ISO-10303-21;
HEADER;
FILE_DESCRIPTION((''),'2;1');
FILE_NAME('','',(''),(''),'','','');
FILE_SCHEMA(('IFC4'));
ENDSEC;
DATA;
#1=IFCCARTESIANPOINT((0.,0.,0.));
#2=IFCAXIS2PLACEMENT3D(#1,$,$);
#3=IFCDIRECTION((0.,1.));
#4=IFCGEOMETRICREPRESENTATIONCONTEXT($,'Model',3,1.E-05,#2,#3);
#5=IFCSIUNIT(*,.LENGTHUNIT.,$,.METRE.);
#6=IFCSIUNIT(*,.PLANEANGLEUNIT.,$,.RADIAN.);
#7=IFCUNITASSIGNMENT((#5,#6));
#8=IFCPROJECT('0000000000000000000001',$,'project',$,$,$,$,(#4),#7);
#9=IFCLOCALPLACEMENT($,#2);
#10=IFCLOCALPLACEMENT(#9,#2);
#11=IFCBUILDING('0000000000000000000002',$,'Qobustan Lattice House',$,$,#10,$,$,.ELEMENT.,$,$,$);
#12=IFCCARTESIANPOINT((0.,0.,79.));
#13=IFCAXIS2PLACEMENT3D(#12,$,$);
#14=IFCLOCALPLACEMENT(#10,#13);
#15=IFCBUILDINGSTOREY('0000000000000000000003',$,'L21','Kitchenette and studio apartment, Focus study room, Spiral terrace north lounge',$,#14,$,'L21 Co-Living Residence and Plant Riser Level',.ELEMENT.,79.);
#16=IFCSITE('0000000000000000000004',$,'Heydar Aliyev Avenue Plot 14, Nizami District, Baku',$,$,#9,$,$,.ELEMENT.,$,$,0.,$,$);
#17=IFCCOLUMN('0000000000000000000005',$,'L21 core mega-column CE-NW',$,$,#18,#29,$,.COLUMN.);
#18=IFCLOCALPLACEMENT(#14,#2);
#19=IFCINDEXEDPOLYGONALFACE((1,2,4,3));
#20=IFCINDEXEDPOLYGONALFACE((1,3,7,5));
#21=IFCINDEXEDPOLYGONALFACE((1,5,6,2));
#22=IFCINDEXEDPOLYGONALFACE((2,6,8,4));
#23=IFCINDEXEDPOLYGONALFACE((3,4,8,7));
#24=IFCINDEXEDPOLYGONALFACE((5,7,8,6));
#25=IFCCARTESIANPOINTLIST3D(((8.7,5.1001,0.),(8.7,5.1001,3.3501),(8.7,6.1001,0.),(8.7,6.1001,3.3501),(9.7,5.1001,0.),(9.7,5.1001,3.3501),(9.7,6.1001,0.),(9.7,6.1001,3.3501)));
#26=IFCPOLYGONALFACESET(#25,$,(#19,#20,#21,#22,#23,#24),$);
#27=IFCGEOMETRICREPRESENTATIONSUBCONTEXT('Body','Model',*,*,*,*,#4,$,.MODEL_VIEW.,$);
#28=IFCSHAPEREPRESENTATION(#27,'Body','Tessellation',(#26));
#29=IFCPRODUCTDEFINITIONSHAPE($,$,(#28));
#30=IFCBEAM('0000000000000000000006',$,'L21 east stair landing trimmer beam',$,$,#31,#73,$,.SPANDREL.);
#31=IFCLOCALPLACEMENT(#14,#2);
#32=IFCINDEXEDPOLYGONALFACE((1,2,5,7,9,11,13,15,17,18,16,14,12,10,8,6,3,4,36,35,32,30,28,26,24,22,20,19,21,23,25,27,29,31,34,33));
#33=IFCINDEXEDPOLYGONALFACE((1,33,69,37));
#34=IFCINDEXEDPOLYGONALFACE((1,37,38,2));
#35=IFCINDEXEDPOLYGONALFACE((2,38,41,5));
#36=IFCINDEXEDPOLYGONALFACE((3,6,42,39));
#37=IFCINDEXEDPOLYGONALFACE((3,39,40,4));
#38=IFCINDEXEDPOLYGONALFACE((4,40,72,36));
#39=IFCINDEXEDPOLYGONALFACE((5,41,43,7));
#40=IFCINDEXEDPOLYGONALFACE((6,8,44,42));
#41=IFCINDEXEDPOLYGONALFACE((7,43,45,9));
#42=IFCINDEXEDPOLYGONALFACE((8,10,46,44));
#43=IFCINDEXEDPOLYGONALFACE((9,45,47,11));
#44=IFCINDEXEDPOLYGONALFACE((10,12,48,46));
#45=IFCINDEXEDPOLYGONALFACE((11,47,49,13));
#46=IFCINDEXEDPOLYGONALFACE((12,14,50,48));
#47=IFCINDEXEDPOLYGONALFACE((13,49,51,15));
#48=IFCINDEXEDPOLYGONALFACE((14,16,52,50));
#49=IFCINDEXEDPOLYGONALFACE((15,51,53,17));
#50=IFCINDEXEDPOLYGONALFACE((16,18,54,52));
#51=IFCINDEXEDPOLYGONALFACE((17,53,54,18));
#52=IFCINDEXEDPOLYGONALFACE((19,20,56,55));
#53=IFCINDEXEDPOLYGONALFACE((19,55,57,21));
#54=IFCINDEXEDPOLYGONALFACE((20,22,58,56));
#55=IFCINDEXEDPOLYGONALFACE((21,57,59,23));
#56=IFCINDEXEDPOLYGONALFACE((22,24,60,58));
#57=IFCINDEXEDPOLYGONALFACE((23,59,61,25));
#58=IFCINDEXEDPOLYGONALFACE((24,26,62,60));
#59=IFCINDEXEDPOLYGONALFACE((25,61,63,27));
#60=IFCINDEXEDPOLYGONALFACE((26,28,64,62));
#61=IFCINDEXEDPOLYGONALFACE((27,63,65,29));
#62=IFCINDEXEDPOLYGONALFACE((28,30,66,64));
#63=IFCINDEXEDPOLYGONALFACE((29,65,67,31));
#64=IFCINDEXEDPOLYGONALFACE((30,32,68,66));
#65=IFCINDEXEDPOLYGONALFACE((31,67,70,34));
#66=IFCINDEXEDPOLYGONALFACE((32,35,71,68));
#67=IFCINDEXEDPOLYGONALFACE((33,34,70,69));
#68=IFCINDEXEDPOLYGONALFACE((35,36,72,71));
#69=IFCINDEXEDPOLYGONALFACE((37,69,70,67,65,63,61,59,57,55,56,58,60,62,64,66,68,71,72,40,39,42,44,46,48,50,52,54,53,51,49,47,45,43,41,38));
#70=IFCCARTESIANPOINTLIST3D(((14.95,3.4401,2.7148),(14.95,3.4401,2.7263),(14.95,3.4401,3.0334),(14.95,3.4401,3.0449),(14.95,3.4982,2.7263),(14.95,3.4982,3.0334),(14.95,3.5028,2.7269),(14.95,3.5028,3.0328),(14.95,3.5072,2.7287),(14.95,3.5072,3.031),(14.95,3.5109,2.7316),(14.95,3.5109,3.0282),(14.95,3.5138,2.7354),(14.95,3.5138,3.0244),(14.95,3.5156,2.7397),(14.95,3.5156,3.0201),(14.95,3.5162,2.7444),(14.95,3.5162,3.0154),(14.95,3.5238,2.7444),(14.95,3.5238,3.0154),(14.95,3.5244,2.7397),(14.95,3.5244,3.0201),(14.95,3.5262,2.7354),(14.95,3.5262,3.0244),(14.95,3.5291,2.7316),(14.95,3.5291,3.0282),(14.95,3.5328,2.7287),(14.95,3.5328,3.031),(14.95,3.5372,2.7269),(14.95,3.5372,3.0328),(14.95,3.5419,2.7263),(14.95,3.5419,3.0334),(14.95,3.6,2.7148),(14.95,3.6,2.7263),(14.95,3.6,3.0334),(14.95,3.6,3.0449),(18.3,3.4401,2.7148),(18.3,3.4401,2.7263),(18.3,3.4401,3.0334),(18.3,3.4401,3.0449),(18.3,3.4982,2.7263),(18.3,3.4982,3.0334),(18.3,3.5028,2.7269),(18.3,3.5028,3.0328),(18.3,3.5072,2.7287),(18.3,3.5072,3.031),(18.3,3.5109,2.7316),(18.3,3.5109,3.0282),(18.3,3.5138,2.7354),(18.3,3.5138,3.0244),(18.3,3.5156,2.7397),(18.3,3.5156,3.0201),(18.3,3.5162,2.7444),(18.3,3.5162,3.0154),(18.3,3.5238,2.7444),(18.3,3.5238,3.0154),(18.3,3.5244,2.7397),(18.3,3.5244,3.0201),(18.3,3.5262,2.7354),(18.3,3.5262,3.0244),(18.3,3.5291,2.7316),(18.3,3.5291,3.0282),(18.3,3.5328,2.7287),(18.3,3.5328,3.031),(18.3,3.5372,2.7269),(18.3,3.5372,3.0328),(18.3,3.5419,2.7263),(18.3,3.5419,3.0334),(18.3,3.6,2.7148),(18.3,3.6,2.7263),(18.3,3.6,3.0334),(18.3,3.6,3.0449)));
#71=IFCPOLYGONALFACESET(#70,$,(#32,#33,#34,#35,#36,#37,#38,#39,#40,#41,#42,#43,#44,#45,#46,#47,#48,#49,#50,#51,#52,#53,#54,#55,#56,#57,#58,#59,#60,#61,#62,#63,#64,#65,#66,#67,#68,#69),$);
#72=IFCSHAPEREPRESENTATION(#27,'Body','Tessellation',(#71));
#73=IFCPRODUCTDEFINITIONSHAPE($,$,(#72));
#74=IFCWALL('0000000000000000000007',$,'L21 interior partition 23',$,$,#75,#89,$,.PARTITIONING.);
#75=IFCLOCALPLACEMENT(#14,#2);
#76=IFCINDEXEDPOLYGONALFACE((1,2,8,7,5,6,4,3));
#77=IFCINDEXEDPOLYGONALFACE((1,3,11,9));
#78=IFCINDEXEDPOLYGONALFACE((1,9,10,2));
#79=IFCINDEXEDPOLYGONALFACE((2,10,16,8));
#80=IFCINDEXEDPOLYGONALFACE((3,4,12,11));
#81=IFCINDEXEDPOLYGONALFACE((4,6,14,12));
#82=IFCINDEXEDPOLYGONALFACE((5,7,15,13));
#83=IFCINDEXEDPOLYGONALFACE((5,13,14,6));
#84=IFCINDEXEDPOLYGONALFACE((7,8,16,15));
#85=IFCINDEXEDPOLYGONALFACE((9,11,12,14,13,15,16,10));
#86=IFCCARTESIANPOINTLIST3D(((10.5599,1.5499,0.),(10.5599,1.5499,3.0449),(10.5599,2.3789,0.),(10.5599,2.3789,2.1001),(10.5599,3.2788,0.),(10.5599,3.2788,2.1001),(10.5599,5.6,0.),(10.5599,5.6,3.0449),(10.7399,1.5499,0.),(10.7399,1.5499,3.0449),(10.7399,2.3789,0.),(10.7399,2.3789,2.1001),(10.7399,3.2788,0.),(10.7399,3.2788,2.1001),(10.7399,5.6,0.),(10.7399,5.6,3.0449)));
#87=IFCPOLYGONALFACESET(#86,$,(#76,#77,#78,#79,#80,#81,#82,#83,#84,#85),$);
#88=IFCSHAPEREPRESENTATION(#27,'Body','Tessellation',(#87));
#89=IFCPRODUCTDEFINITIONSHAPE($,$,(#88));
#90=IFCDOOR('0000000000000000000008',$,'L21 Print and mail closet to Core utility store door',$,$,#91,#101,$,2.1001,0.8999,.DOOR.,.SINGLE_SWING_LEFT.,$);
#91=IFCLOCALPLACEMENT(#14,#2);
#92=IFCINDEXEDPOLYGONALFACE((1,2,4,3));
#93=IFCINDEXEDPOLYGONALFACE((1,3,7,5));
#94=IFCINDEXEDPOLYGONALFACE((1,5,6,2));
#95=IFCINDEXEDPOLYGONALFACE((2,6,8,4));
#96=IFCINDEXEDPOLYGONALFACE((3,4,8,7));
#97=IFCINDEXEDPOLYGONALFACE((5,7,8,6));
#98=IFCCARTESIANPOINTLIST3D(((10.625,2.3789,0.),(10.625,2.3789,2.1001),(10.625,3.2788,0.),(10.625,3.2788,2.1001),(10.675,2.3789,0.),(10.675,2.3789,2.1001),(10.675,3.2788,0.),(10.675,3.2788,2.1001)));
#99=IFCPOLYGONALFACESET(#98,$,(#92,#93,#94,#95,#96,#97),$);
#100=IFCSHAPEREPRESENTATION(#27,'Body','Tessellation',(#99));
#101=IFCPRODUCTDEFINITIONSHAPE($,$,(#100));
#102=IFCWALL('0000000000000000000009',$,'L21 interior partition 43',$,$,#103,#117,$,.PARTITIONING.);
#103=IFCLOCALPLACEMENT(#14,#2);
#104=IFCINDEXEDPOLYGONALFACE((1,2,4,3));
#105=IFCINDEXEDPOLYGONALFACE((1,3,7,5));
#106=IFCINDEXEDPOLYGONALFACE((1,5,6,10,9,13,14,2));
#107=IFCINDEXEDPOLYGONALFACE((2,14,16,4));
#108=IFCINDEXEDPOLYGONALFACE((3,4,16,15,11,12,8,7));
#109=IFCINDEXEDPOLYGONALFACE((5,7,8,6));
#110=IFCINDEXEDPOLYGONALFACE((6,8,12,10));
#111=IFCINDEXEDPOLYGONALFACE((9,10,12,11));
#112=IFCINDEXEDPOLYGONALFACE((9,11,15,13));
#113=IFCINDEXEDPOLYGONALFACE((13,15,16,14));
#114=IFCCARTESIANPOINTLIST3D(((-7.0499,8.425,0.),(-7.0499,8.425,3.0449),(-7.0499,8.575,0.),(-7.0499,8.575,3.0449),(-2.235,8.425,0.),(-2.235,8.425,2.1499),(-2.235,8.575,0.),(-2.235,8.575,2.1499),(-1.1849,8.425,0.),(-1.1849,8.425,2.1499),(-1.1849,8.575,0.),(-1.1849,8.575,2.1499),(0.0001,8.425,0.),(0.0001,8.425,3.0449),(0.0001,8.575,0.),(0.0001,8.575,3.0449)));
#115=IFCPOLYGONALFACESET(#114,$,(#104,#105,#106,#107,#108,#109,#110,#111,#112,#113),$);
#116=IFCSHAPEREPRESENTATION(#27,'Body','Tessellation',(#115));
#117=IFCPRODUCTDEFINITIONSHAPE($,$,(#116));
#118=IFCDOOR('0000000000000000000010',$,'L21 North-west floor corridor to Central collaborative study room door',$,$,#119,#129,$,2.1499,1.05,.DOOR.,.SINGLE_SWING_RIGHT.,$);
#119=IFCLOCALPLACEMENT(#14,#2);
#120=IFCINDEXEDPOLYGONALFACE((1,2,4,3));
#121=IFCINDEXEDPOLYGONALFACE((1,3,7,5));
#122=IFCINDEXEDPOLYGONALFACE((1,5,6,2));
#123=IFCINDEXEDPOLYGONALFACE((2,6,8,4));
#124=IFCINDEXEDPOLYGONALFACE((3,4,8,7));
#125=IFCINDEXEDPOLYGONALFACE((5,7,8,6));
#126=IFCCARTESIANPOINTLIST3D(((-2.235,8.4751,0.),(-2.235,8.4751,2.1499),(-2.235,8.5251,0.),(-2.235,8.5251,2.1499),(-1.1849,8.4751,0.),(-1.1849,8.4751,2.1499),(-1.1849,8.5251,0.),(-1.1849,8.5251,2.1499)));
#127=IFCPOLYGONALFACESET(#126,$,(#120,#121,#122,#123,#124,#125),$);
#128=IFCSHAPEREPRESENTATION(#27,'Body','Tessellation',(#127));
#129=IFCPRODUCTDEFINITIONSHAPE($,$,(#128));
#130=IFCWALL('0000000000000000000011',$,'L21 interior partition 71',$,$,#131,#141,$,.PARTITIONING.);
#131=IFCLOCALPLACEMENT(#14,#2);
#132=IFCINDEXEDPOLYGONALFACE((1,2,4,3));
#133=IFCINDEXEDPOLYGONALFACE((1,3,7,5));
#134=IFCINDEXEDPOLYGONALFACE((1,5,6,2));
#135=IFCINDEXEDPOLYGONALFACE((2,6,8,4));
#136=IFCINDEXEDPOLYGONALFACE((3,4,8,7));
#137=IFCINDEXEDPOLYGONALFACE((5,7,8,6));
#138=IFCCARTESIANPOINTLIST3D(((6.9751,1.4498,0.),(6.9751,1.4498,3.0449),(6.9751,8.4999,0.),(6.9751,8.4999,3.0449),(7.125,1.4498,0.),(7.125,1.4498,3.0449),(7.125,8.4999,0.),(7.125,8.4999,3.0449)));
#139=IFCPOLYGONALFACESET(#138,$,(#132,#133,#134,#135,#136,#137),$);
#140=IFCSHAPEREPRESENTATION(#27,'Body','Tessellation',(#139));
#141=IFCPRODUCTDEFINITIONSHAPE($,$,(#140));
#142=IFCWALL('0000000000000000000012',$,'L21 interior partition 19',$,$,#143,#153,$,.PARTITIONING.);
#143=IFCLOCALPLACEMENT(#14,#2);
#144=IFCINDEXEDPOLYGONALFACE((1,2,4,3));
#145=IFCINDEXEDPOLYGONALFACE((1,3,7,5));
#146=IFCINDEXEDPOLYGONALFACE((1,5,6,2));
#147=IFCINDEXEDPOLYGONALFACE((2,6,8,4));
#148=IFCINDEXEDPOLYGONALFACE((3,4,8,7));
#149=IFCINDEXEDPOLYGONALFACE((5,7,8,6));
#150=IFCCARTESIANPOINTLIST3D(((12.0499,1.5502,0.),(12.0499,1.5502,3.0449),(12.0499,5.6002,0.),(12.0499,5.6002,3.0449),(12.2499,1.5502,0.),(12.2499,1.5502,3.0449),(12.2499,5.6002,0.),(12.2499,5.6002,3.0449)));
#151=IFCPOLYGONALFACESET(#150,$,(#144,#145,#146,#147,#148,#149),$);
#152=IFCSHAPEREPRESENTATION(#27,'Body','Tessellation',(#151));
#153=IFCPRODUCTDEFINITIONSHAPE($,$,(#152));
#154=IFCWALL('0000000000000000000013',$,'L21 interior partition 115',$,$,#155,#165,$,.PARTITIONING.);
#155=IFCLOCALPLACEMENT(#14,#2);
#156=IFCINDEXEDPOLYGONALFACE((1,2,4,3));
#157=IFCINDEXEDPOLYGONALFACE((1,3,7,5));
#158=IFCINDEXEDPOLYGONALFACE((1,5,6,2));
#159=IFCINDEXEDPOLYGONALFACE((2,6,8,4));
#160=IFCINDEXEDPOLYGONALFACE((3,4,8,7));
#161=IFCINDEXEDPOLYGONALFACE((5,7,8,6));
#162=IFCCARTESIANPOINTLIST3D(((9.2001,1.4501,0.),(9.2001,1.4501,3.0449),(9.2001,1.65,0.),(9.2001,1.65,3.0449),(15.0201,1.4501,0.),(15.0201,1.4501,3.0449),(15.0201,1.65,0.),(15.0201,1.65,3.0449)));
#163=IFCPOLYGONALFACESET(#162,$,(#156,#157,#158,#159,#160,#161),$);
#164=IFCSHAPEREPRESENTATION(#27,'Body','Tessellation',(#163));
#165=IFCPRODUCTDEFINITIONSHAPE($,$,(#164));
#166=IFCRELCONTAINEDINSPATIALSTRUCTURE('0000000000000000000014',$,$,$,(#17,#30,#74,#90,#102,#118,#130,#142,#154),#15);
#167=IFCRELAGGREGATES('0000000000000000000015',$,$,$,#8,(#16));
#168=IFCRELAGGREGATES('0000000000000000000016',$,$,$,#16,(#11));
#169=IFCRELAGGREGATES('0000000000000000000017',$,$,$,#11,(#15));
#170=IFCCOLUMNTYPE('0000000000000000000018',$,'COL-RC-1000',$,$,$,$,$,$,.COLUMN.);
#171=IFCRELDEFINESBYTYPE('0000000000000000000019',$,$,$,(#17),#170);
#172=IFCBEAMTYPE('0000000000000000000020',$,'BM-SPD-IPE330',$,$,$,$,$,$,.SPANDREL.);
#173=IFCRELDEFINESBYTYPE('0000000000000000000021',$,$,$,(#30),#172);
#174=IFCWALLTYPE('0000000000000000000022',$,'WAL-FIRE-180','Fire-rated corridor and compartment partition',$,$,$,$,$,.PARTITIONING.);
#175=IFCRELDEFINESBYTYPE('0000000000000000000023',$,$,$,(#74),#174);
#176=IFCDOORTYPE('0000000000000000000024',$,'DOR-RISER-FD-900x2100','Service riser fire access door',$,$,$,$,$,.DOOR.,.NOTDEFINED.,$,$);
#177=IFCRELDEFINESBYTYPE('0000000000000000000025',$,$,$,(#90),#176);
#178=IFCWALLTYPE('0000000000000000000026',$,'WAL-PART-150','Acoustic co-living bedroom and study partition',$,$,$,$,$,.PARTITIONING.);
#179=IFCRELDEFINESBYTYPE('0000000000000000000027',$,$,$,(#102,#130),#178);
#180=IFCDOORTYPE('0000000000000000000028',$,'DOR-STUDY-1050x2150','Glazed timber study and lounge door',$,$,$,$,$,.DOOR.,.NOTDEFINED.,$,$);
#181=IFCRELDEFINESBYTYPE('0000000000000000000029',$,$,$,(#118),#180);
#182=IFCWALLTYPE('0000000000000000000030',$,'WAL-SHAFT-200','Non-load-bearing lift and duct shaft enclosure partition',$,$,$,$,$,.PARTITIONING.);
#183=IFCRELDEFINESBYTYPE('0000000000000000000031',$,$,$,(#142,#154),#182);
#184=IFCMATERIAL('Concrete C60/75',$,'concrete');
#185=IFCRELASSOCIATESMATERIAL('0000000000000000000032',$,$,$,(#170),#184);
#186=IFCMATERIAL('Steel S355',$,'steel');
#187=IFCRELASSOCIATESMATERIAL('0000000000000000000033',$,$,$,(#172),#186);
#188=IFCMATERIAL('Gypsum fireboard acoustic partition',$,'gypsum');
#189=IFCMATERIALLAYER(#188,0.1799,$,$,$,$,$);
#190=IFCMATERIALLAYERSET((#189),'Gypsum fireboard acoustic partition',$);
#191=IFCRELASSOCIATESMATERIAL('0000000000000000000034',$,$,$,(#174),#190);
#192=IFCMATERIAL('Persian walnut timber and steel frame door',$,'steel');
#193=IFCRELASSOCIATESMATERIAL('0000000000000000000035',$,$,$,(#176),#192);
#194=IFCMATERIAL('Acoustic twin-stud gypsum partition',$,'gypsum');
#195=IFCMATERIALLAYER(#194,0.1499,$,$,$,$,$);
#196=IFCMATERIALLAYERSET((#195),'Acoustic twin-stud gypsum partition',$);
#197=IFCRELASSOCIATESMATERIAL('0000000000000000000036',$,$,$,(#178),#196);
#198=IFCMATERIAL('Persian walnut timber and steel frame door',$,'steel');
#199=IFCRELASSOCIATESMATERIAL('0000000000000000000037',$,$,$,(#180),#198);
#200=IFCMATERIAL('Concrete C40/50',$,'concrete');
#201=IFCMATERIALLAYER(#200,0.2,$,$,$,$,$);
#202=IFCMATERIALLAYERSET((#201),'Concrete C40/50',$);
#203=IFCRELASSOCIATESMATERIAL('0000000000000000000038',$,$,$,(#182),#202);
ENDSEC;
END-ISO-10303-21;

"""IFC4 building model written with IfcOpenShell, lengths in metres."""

from ifc_helpers import new_model, si_unit, direction, frame, frame_2d, origin, origin_2d, place, context, subcontext, project, spatial, rectangle, i_section, extrude, material, layer, layer_set, material_profile, profile_set, type_object, element, fill, save


model = new_model("IFC4")

# Units and contexts
model_context = context("Model", 3, precision=1e-05, world=origin(), true_north=direction((0.0, 1.0)))
body_context = subcontext(model_context, "Body", "Model", "MODEL_VIEW")
ifc_project = project(units=[si_unit("LENGTHUNIT", "METRE"), si_unit("PLANEANGLEUNIT", "RADIAN")], contexts=[model_context])

# Site, building, storey
site_placement = place(None, origin())
site = spatial("IfcSite", under=ifc_project, at=site_placement, Name="Heydar Aliyev Avenue Plot 14, Nizami District, Baku", CompositionType="ELEMENT", RefElevation=0.0)
building_placement = place(site_placement, origin())
building = spatial("IfcBuilding", under=site, at=building_placement, Name="Qobustan Lattice House", CompositionType="ELEMENT")
storey_placement = place(building_placement, frame((0.0, 0.0, 79.0)))
storey = spatial("IfcBuildingStorey", under=building, at=storey_placement, Name="L21", Description="Kitchenette and studio apartment, Focus study room, Spiral terrace north lounge", LongName="L21 Co-Living Residence and Plant Riser Level", CompositionType="ELEMENT", Elevation=79.0)

# Column
ifc_material_1 = material(Name="Concrete C60/75", Category="concrete")
ifc_material_profile_1 = material_profile(ifc_material_1, rectangle(XDim=1.0, YDim=1.0, at=origin_2d()), Name="RC1000x1000")
ifc_profile_set_1 = profile_set([ifc_material_profile_1], Name="Concrete C60/75")
column_type = type_object("IfcColumnType", Name="COL-RC-1000", PredefinedType="COLUMN", material=ifc_profile_set_1)
column_placement = place(storey_placement, frame((9.2, 5.6001, 0.0), z_axis=(0.0, 0.0, 1.0), x_axis=(1.0, 0.0, 0.0)))
element("IfcColumn", 1, at=column_placement, inside=storey, type_object=column_type, Name="L21 core mega-column CE-NW", PredefinedType="COLUMN", context=body_context, shape_type="SweptSolid", body=[
    extrude(rectangle(XDim=1.0, YDim=1.0, at=origin_2d()), origin(), (0.0, 0.0, 1.0), 3.3501),
])

# Beam
ifc_material_2 = material(Name="Steel S355", Category="steel")
ifc_material_profile_2 = material_profile(ifc_material_2, i_section(OverallWidth=0.1599, OverallDepth=0.3301, WebThickness=0.0076, FlangeThickness=0.0115, FilletRadius=0.0181, at=origin_2d()), Name="IPE330")
ifc_profile_set_2 = profile_set([ifc_material_profile_2], Name="Steel S355")
beam_type = type_object("IfcBeamType", Name="BM-SPD-IPE330", PredefinedType="SPANDREL", material=ifc_profile_set_2)
beam_placement = place(storey_placement, frame((14.95, 3.52, 2.8799), z_axis=(1.0, 0.0, 0.0), x_axis=(0.0, 1.0, 0.0)))
element("IfcBeam", 2, at=beam_placement, inside=storey, type_object=beam_type, Name="L21 east stair landing trimmer beam", PredefinedType="SPANDREL", context=body_context, shape_type="SweptSolid", body=[
    extrude(i_section(OverallWidth=0.1599, OverallDepth=0.3301, WebThickness=0.0076, FlangeThickness=0.0115, FilletRadius=0.0181, at=origin_2d()), origin(), (0.0, 0.0, 1.0), 3.3501),
])

# Walls, openings, doors
ifc_material_3 = material(Name="Gypsum fireboard acoustic partition", Category="gypsum")
ifc_layer_1 = layer(ifc_material_3, 0.1799)
ifc_layer_set_1 = layer_set([ifc_layer_1], Name="Gypsum fireboard acoustic partition")
wall_type_1 = type_object("IfcWallType", Name="WAL-FIRE-180", Description="Fire-rated corridor and compartment partition", PredefinedType="PARTITIONING", material=ifc_layer_set_1)
wall_1_placement = place(storey_placement, frame((10.6499, 1.55, 0.0), z_axis=(0.0, 0.0, 1.0), x_axis=(0.0, 1.0, 0.0)))
wall_1 = element("IfcWall", 3, at=wall_1_placement, inside=storey, type_object=wall_type_1, Name="L21 interior partition 23", PredefinedType="PARTITIONING", context=body_context, shape_type="SweptSolid", body=[
    extrude(rectangle(XDim=4.05, YDim=0.1799, at=frame_2d((2.0249, 0.0))), origin(), (0.0, 0.0, 1.0), 3.0449),
])
opening_1_placement = place(wall_1_placement, frame((0.8289, 0.0, 0.0)))
opening_1 = element("IfcOpeningElement", 4, at=opening_1_placement, cuts=wall_1, PredefinedType="OPENING", context=body_context, shape_type="SweptSolid", body=[
    extrude(rectangle(XDim=0.8999, YDim=2.1001, at=frame_2d((0.45, 1.05))), frame((0.0, 0.0999, 0.0), z_axis=(0.0, -1.0, 0.0), x_axis=(1.0, 0.0, 0.0)), (0.0, 0.0, 1.0), 0.2),
])
ifc_material_4 = material(Name="Persian walnut timber and steel frame door", Category="steel")
door_type_1 = type_object("IfcDoorType", Name="DOR-RISER-FD-900x2100", Description="Service riser fire access door", OperationType="NOTDEFINED", PredefinedType="DOOR", material=ifc_material_4)
door_1_placement = place(opening_1_placement, origin())
door_1 = element("IfcDoor", 5, at=door_1_placement, inside=storey, type_object=door_type_1, Name="L21 Print and mail closet to Core utility store door", OperationType="SINGLE_SWING_LEFT", OverallHeight=2.1001, OverallWidth=0.8999, PredefinedType="DOOR", context=body_context, shape_type="SweptSolid", body=[
    extrude(rectangle(XDim=0.8999, YDim=2.1001, at=frame_2d((0.45, 1.05))), frame((0.0, 0.0249, 0.0), z_axis=(0.0, -1.0, 0.0), x_axis=(1.0, 0.0, 0.0)), (0.0, 0.0, 1.0), 0.05),
])
fill(opening_1, door_1)
ifc_material_5 = material(Name="Acoustic twin-stud gypsum partition", Category="gypsum")
ifc_layer_2 = layer(ifc_material_5, 0.1499)
ifc_layer_set_2 = layer_set([ifc_layer_2], Name="Acoustic twin-stud gypsum partition")
wall_type_2 = type_object("IfcWallType", Name="WAL-PART-150", Description="Acoustic co-living bedroom and study partition", PredefinedType="PARTITIONING", material=ifc_layer_set_2)
wall_2_placement = place(storey_placement, frame((0.0, 8.5, 0.0), z_axis=(0.0, 0.0, 1.0), x_axis=(-1.0, 0.0, 0.0)))
wall_2 = element("IfcWall", 6, at=wall_2_placement, inside=storey, type_object=wall_type_2, Name="L21 interior partition 43", PredefinedType="PARTITIONING", context=body_context, shape_type="SweptSolid", body=[
    extrude(rectangle(XDim=7.05, YDim=0.1499, at=frame_2d((3.5249, 0.0))), origin(), (0.0, 0.0, 1.0), 3.0449),
])
opening_2_placement = place(wall_2_placement, frame((1.1851, 0.0, 0.0)))
opening_2 = element("IfcOpeningElement", 7, at=opening_2_placement, cuts=wall_2, PredefinedType="OPENING", context=body_context, shape_type="SweptSolid", body=[
    extrude(rectangle(XDim=1.05, YDim=2.1499, at=frame_2d((0.5249, 1.075))), frame((0.0, 0.085, 0.0), z_axis=(0.0, -1.0, 0.0), x_axis=(1.0, 0.0, 0.0)), (0.0, 0.0, 1.0), 0.1699),
])
ifc_material_6 = material(Name="Persian walnut timber and steel frame door", Category="steel")
door_type_2 = type_object("IfcDoorType", Name="DOR-STUDY-1050x2150", Description="Glazed timber study and lounge door", OperationType="NOTDEFINED", PredefinedType="DOOR", material=ifc_material_6)
door_2_placement = place(opening_2_placement, origin())
door_2 = element("IfcDoor", 8, at=door_2_placement, inside=storey, type_object=door_type_2, Name="L21 North-west floor corridor to Central collaborative study room door", OperationType="SINGLE_SWING_RIGHT", OverallHeight=2.1499, OverallWidth=1.05, PredefinedType="DOOR", context=body_context, shape_type="SweptSolid", body=[
    extrude(rectangle(XDim=1.05, YDim=2.1499, at=frame_2d((0.5249, 1.075))), frame((0.0, 0.0249, 0.0), z_axis=(0.0, -1.0, 0.0), x_axis=(1.0, 0.0, 0.0)), (0.0, 0.0, 1.0), 0.05),
])
fill(opening_2, door_2)

# Walls
wall_3_placement = place(storey_placement, frame((7.05, 1.45, 0.0), z_axis=(0.0, 0.0, 1.0), x_axis=(0.0, 1.0, 0.0)))
element("IfcWall", 9, at=wall_3_placement, inside=storey, type_object=wall_type_2, Name="L21 interior partition 71", PredefinedType="PARTITIONING", context=body_context, shape_type="SweptSolid", body=[
    extrude(rectangle(XDim=7.05, YDim=0.1499, at=frame_2d((3.5249, 0.0))), origin(), (0.0, 0.0, 1.0), 3.0449),
])
ifc_material_7 = material(Name="Concrete C40/50", Category="concrete")
ifc_layer_3 = layer(ifc_material_7, 0.2)
ifc_layer_set_3 = layer_set([ifc_layer_3], Name="Concrete C40/50")
wall_type_3 = type_object("IfcWallType", Name="WAL-SHAFT-200", Description="Non-load-bearing lift and duct shaft enclosure partition", PredefinedType="PARTITIONING", material=ifc_layer_set_3)
wall_4_placement = place(storey_placement, frame((12.1499, 5.6001, 0.0), z_axis=(0.0, 0.0, 1.0), x_axis=(0.0, -1.0, 0.0)))
element("IfcWall", 10, at=wall_4_placement, inside=storey, type_object=wall_type_3, Name="L21 interior partition 19", PredefinedType="PARTITIONING", context=body_context, shape_type="SweptSolid", body=[
    extrude(rectangle(XDim=4.05, YDim=0.2, at=frame_2d((2.0249, 0.0))), origin(), (0.0, 0.0, 1.0), 3.0449),
])
wall_5_placement = place(storey_placement, frame((9.2, 1.55, 0.0), z_axis=(0.0, 0.0, 1.0), x_axis=(1.0, 0.0, 0.0)))
element("IfcWall", 11, at=wall_5_placement, inside=storey, type_object=wall_type_3, Name="L21 interior partition 115", PredefinedType="PARTITIONING", context=body_context, shape_type="SweptSolid", body=[
    extrude(rectangle(XDim=5.8201, YDim=0.2, at=frame_2d((2.9102, 0.0))), origin(), (0.0, 0.0, 1.0), 3.0449),
])

save(model, "model.ifc")
